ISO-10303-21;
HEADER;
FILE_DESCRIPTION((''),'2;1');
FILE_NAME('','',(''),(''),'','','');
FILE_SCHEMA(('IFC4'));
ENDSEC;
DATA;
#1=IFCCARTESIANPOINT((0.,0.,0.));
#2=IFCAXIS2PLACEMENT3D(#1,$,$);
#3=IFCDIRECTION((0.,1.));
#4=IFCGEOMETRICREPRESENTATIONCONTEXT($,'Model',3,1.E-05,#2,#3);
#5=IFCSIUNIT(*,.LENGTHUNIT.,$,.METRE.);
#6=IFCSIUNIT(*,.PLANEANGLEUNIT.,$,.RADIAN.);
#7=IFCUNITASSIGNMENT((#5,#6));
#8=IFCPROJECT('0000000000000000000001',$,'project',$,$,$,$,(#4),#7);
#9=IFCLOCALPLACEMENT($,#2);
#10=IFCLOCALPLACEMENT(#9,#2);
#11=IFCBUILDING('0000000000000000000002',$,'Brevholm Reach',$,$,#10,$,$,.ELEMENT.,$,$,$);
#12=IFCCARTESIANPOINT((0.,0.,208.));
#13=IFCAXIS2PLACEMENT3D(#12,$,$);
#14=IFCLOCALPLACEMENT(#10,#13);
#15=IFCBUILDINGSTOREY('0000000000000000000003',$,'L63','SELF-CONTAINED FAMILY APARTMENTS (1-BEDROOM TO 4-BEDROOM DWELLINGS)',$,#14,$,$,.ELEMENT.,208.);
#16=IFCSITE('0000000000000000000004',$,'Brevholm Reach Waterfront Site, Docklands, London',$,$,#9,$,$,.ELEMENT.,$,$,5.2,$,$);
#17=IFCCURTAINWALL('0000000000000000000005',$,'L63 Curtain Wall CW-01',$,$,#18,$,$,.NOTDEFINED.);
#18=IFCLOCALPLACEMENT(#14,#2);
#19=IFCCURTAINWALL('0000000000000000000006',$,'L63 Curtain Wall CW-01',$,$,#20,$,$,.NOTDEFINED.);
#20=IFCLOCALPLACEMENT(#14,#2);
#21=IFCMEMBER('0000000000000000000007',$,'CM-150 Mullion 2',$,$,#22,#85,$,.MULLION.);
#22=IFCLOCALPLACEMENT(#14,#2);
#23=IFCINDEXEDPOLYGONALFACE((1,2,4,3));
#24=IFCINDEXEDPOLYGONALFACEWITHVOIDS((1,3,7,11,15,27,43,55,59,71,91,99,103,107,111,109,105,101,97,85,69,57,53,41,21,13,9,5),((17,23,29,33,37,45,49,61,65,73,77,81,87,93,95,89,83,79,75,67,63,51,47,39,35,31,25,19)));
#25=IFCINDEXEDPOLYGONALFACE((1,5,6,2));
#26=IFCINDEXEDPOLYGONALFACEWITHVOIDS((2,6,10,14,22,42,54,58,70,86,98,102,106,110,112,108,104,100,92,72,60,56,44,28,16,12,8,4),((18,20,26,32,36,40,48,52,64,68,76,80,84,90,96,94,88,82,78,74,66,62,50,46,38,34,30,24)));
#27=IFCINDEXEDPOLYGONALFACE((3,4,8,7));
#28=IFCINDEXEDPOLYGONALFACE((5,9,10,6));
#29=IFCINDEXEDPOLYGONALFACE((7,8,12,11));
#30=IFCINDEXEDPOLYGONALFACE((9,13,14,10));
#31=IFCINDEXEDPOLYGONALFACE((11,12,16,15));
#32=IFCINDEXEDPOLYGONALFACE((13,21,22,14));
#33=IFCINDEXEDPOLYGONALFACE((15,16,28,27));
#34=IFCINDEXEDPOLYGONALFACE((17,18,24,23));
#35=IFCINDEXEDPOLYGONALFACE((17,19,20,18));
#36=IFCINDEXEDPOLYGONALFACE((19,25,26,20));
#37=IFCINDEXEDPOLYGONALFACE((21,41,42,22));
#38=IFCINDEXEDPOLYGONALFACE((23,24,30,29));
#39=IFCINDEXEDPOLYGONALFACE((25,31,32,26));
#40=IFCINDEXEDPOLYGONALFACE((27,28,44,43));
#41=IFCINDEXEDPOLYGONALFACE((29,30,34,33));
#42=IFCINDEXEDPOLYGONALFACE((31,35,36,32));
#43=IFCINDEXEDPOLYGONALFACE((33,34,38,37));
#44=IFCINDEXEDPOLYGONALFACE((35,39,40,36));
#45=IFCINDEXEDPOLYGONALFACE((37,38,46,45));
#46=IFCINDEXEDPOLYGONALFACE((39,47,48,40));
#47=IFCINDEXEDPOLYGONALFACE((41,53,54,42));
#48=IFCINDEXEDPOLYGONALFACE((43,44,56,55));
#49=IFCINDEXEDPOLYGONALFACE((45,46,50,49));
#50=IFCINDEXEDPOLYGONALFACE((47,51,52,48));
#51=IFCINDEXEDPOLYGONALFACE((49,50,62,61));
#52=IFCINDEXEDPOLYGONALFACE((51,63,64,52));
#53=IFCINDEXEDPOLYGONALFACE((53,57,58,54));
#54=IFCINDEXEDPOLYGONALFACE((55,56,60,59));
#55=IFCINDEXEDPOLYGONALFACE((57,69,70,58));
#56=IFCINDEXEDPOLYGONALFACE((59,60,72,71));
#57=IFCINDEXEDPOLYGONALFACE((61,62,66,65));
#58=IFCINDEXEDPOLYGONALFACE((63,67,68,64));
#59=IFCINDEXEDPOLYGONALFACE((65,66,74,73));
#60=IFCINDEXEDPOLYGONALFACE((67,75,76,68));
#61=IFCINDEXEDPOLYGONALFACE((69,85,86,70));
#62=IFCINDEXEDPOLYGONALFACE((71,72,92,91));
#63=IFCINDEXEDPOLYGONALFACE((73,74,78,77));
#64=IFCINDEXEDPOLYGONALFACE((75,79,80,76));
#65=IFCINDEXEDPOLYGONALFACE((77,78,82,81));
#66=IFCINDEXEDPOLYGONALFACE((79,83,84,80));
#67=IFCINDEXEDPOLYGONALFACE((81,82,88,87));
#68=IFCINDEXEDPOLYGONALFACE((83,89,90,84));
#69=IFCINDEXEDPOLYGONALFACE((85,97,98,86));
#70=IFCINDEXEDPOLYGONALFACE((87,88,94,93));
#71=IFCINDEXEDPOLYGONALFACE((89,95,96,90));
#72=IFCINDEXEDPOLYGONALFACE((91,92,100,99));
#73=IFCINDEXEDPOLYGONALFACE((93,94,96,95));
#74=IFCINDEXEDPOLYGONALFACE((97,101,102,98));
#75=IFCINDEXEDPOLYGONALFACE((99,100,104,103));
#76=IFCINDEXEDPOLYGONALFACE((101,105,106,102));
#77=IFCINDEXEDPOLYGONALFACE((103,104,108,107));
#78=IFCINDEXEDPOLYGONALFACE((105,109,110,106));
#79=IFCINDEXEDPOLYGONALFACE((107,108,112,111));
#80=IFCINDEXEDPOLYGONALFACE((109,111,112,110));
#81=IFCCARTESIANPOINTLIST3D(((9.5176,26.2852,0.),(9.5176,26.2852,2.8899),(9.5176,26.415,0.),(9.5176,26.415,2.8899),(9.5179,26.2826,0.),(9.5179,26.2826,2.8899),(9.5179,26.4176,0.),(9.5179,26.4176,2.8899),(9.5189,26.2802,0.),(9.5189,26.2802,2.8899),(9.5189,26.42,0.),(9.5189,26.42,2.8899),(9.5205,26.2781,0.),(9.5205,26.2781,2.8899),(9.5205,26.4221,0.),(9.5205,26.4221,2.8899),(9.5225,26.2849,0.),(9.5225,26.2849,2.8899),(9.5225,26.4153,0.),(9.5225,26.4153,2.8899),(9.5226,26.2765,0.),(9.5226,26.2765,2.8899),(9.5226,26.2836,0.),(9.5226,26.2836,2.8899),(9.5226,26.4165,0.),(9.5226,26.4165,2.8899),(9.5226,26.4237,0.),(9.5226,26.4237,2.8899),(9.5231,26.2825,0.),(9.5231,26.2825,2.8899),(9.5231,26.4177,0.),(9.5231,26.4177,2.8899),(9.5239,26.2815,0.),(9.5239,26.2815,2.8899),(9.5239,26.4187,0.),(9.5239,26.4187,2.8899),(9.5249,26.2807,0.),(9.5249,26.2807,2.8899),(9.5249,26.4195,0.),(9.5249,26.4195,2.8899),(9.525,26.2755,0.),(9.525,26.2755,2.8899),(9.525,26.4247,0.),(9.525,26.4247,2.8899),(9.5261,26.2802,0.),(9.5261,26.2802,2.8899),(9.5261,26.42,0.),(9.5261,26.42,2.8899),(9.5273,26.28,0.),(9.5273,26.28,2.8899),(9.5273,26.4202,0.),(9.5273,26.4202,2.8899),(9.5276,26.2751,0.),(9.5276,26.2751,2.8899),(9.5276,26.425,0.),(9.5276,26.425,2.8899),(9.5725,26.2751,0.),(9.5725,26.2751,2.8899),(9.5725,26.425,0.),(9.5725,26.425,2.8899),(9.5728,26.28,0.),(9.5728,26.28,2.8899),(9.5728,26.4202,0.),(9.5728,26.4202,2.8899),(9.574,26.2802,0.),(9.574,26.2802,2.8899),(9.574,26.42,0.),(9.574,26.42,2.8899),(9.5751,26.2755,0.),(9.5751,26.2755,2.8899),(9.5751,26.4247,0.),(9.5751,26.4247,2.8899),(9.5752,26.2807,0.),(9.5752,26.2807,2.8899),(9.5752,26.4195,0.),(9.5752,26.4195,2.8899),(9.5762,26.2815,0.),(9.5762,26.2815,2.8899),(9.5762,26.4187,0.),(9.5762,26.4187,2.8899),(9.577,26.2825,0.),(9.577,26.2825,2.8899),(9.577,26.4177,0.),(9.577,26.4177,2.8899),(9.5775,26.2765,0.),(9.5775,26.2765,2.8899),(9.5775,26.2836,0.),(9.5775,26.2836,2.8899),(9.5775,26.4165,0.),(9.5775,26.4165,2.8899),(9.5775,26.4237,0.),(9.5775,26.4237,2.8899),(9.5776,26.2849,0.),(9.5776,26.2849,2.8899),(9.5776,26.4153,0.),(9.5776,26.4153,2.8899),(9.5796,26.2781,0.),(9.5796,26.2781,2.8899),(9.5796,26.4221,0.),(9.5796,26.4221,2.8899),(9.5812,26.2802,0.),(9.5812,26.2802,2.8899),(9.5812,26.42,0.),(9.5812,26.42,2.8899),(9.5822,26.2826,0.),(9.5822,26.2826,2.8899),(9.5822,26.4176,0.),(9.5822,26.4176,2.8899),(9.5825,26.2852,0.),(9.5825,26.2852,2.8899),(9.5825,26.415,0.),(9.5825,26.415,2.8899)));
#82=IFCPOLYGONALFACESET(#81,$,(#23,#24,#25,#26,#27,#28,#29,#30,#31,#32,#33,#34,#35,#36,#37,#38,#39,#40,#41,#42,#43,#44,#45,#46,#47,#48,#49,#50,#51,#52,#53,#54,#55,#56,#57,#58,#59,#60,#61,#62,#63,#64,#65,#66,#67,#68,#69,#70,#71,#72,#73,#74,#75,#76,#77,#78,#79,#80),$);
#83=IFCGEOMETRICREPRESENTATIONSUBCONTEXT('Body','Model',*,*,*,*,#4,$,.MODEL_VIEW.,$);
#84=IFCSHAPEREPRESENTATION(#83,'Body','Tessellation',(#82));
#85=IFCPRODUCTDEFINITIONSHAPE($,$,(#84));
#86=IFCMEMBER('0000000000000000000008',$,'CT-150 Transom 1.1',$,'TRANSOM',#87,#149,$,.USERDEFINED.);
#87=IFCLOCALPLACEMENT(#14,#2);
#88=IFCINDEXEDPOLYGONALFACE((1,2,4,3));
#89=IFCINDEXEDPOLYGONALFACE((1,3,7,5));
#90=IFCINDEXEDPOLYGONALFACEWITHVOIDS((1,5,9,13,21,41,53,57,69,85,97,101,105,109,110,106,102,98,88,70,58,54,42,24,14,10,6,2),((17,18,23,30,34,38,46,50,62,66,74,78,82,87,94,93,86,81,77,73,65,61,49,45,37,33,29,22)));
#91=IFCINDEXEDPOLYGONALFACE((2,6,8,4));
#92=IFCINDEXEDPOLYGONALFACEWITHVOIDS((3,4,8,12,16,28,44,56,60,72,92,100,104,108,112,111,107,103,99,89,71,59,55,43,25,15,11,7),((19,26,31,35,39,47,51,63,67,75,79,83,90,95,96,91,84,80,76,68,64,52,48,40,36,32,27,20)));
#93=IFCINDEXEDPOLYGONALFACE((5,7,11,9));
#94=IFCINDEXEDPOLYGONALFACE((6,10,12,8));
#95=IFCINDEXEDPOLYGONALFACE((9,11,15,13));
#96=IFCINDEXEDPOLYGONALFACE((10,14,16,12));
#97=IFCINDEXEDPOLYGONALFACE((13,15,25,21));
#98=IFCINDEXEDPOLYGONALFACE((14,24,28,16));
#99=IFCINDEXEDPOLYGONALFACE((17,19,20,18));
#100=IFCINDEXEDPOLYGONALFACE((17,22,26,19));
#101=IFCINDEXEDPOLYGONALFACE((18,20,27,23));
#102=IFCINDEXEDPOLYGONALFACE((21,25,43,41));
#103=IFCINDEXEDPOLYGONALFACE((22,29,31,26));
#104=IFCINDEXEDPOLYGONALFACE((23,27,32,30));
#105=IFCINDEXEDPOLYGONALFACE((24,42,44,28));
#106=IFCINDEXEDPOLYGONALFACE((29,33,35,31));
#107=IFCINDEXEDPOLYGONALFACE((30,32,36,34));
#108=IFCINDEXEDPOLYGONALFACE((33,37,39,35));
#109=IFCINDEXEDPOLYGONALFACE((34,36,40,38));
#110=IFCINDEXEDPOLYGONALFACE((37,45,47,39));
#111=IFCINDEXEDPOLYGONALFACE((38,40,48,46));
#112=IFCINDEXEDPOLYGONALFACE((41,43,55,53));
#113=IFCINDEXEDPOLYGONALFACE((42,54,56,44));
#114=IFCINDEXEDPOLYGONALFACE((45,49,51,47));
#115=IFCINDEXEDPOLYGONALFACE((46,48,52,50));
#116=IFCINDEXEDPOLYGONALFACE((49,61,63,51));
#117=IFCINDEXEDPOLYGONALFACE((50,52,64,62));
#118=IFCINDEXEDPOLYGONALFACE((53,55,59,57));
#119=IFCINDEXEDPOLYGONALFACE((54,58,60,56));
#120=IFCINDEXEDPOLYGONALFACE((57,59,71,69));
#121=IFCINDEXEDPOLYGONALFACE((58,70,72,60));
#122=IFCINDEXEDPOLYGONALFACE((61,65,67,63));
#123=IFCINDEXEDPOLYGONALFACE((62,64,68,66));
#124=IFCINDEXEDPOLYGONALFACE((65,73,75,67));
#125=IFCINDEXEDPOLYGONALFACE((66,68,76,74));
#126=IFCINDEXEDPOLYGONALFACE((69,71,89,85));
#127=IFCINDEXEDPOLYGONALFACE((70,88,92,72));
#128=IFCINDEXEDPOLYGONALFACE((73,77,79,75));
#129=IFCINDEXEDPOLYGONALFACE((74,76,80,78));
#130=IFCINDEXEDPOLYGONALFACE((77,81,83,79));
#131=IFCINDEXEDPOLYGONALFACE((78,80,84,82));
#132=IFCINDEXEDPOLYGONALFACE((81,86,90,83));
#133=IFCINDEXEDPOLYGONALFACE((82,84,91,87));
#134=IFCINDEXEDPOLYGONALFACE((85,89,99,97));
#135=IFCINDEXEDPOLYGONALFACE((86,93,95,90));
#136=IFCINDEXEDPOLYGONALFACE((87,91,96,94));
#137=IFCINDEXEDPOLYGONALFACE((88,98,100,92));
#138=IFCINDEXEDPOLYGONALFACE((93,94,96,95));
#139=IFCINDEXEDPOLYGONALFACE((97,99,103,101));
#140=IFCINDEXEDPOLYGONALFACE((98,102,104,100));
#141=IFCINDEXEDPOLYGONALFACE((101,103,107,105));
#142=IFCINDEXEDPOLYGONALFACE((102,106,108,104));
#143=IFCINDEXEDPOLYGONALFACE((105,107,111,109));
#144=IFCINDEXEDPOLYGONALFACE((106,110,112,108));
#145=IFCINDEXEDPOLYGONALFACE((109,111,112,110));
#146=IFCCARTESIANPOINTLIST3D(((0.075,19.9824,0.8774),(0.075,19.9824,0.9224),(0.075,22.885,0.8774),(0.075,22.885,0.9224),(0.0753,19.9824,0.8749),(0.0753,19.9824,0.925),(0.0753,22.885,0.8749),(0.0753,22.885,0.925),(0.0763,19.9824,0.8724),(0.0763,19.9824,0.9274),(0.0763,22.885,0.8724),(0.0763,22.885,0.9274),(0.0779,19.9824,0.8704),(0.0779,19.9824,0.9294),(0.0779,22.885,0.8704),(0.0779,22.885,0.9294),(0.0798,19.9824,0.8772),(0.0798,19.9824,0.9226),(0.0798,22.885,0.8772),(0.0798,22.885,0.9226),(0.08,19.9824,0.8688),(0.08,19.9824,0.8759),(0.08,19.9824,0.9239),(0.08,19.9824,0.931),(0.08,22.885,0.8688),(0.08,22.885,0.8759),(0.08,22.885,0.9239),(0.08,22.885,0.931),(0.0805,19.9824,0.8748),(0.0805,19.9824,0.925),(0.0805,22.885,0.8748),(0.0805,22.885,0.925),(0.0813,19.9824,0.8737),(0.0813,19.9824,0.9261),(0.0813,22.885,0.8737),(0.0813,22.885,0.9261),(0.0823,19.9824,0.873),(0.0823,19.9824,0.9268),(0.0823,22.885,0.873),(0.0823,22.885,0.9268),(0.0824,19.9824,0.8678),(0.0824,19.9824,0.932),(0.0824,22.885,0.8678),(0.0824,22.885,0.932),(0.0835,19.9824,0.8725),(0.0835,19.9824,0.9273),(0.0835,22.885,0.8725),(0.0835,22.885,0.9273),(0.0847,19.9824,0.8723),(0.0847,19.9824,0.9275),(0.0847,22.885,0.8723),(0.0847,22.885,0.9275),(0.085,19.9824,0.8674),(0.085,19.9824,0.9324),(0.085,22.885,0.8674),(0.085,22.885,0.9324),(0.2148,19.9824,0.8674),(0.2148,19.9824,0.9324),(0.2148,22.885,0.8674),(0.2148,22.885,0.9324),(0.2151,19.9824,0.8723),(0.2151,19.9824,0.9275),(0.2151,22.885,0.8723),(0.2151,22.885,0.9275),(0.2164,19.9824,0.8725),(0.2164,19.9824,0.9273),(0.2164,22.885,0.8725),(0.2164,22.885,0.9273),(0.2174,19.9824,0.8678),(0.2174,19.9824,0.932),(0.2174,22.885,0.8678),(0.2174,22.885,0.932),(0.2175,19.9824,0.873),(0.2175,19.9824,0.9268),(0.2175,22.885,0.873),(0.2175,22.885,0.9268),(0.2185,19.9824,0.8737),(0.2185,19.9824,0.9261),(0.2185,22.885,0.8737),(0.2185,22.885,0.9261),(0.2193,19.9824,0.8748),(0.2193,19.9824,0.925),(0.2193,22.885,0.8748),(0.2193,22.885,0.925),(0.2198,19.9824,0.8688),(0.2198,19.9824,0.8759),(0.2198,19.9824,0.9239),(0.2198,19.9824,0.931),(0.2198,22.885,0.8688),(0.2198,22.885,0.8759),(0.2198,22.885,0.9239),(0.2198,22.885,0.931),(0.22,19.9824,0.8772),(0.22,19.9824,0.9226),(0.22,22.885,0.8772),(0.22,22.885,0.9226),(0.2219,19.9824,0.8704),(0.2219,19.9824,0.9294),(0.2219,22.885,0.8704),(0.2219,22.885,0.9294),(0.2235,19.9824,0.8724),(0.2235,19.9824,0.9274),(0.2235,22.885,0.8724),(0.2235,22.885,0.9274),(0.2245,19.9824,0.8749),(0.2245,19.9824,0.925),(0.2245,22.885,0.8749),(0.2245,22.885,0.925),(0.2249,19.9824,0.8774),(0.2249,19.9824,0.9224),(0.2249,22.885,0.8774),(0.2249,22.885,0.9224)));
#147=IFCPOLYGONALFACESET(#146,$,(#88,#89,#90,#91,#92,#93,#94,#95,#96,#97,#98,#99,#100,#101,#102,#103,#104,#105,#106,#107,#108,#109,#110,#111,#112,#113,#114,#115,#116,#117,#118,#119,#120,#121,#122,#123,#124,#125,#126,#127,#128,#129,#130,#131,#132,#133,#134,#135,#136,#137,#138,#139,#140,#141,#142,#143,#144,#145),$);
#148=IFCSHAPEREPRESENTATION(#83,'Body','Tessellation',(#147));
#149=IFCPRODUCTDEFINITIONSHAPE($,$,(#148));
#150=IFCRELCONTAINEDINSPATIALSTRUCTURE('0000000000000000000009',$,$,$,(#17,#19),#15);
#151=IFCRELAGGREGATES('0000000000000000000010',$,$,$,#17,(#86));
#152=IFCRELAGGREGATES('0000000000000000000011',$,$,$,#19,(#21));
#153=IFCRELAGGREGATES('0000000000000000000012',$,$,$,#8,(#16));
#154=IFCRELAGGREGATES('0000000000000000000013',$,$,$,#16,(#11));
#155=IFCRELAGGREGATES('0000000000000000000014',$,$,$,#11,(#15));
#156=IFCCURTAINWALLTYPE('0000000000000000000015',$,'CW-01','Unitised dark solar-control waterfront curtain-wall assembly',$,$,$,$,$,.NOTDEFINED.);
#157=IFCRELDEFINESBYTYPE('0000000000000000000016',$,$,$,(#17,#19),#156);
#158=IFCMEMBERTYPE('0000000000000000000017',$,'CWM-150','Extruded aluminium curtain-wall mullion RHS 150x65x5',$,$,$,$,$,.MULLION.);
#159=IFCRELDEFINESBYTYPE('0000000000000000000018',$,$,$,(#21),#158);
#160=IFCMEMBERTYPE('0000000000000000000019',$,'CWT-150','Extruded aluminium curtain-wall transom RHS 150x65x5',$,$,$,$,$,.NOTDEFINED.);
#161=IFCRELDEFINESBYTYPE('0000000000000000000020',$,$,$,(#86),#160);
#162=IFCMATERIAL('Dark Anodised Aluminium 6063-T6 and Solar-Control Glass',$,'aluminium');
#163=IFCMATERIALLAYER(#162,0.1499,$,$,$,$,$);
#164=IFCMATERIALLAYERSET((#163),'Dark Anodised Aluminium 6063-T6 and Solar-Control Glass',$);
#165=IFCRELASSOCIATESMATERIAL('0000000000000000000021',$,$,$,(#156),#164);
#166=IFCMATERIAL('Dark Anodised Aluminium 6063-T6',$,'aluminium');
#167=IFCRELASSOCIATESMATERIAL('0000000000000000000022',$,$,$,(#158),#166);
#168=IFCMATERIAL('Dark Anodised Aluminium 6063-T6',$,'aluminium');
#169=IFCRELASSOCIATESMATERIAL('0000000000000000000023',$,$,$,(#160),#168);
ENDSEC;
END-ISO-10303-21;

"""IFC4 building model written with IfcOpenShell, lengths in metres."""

from ifc_helpers import new_model, si_unit, direction, frame, origin, origin_2d, place, context, subcontext, project, spatial, hollow_rectangle, extrude, material, layer, layer_set, material_profile, profile_set, type_object, element, aggregate, save


model = new_model("IFC4")

# Units and contexts
model_context = context("Model", 3, precision=1e-05, world=origin(), true_north=direction((0.0, 1.0)))
body_context = subcontext(model_context, "Body", "Model", "MODEL_VIEW")
ifc_project = project(units=[si_unit("LENGTHUNIT", "METRE"), si_unit("PLANEANGLEUNIT", "RADIAN")], contexts=[model_context])

# Site, building, storey
site_placement = place(None, origin())
site = spatial("IfcSite", under=ifc_project, at=site_placement, Name="Brevholm Reach Waterfront Site, Docklands, London", CompositionType="ELEMENT", RefElevation=5.2)
building_placement = place(site_placement, origin())
building = spatial("IfcBuilding", under=site, at=building_placement, Name="Brevholm Reach", CompositionType="ELEMENT")
storey_placement = place(building_placement, frame((0.0, 0.0, 208.0)))
storey = spatial("IfcBuildingStorey", under=building, at=storey_placement, Name="L63", Description="SELF-CONTAINED FAMILY APARTMENTS (1-BEDROOM TO 4-BEDROOM DWELLINGS)", CompositionType="ELEMENT", Elevation=208.0)

# Curtain wall
ifc_material_1 = material(Name="Dark Anodised Aluminium 6063-T6 and Solar-Control Glass", Category="aluminium")
ifc_layer_1 = layer(ifc_material_1, 0.1499)
ifc_layer_set_1 = layer_set([ifc_layer_1], Name="Dark Anodised Aluminium 6063-T6 and Solar-Control Glass")
curtain_wall_type = type_object("IfcCurtainWallType", Name="CW-01", Description="Unitised dark solar-control waterfront curtain-wall assembly", PredefinedType="NOTDEFINED", material=ifc_layer_set_1)
curtain_wall_1_placement = place(storey_placement, origin())
curtain_wall_1 = element("IfcCurtainWall", 1, at=curtain_wall_1_placement, inside=storey, type_object=curtain_wall_type, Name="L63 Curtain Wall CW-01", PredefinedType="NOTDEFINED")
ifc_material_2 = material(Name="Dark Anodised Aluminium 6063-T6", Category="aluminium")
ifc_material_profile_1 = material_profile(ifc_material_2, hollow_rectangle(XDim=0.0649, YDim=0.1499, WallThickness=0.0049, InnerFilletRadius=0.0049, OuterFilletRadius=0.01, at=origin_2d()), Name="RHS 150x65x5")
ifc_profile_set_1 = profile_set([ifc_material_profile_1], Name="Dark Anodised Aluminium 6063-T6")
member_type_1 = type_object("IfcMemberType", Name="CWM-150", Description="Extruded aluminium curtain-wall mullion RHS 150x65x5", PredefinedType="MULLION", material=ifc_profile_set_1)

# Curtain wall, member
curtain_wall_2_placement = place(storey_placement, origin())
curtain_wall_2 = element("IfcCurtainWall", 2, at=curtain_wall_2_placement, inside=storey, type_object=curtain_wall_type, Name="L63 Curtain Wall CW-01", PredefinedType="NOTDEFINED")
member_1_placement = place(storey_placement, frame((9.55, 26.3501, 0.0), z_axis=(0.0, 0.0, 1.0), x_axis=(1.0, 0.0, 0.0)))
member_1 = element("IfcMember", 3, at=member_1_placement, type_object=member_type_1, Name="CM-150 Mullion 2", PredefinedType="MULLION", context=body_context, shape_type="SweptSolid", body=[
    extrude(hollow_rectangle(XDim=0.0649, YDim=0.1499, WallThickness=0.0049, InnerFilletRadius=0.0049, OuterFilletRadius=0.01, at=origin_2d()), origin(), (0.0, 0.0, 1.0), 2.8899),
])

# Member
ifc_material_3 = material(Name="Dark Anodised Aluminium 6063-T6", Category="aluminium")
ifc_material_profile_2 = material_profile(ifc_material_3, hollow_rectangle(XDim=0.0649, YDim=0.1499, WallThickness=0.0049, InnerFilletRadius=0.0049, OuterFilletRadius=0.01, at=origin_2d()), Name="RHS 150x65x5")
ifc_profile_set_2 = profile_set([ifc_material_profile_2], Name="Dark Anodised Aluminium 6063-T6")
member_type_2 = type_object("IfcMemberType", Name="CWT-150", Description="Extruded aluminium curtain-wall transom RHS 150x65x5", PredefinedType="NOTDEFINED", material=ifc_profile_set_2)
member_2_placement = place(storey_placement, frame((0.1499, 22.885, 0.8999), z_axis=(0.0, -1.0, 0.0), x_axis=(0.0, 0.0, 1.0)))
member_2 = element("IfcMember", 4, at=member_2_placement, type_object=member_type_2, Name="CT-150 Transom 1.1", ObjectType="TRANSOM", PredefinedType="USERDEFINED", context=body_context, shape_type="SweptSolid", body=[
    extrude(hollow_rectangle(XDim=0.0649, YDim=0.1499, WallThickness=0.0049, InnerFilletRadius=0.0049, OuterFilletRadius=0.01, at=origin_2d()), origin(), (0.0, 0.0, 1.0), 2.9026),
])

aggregate(curtain_wall_1, [member_2])
aggregate(curtain_wall_2, [member_1])

save(model, "model.ifc")
